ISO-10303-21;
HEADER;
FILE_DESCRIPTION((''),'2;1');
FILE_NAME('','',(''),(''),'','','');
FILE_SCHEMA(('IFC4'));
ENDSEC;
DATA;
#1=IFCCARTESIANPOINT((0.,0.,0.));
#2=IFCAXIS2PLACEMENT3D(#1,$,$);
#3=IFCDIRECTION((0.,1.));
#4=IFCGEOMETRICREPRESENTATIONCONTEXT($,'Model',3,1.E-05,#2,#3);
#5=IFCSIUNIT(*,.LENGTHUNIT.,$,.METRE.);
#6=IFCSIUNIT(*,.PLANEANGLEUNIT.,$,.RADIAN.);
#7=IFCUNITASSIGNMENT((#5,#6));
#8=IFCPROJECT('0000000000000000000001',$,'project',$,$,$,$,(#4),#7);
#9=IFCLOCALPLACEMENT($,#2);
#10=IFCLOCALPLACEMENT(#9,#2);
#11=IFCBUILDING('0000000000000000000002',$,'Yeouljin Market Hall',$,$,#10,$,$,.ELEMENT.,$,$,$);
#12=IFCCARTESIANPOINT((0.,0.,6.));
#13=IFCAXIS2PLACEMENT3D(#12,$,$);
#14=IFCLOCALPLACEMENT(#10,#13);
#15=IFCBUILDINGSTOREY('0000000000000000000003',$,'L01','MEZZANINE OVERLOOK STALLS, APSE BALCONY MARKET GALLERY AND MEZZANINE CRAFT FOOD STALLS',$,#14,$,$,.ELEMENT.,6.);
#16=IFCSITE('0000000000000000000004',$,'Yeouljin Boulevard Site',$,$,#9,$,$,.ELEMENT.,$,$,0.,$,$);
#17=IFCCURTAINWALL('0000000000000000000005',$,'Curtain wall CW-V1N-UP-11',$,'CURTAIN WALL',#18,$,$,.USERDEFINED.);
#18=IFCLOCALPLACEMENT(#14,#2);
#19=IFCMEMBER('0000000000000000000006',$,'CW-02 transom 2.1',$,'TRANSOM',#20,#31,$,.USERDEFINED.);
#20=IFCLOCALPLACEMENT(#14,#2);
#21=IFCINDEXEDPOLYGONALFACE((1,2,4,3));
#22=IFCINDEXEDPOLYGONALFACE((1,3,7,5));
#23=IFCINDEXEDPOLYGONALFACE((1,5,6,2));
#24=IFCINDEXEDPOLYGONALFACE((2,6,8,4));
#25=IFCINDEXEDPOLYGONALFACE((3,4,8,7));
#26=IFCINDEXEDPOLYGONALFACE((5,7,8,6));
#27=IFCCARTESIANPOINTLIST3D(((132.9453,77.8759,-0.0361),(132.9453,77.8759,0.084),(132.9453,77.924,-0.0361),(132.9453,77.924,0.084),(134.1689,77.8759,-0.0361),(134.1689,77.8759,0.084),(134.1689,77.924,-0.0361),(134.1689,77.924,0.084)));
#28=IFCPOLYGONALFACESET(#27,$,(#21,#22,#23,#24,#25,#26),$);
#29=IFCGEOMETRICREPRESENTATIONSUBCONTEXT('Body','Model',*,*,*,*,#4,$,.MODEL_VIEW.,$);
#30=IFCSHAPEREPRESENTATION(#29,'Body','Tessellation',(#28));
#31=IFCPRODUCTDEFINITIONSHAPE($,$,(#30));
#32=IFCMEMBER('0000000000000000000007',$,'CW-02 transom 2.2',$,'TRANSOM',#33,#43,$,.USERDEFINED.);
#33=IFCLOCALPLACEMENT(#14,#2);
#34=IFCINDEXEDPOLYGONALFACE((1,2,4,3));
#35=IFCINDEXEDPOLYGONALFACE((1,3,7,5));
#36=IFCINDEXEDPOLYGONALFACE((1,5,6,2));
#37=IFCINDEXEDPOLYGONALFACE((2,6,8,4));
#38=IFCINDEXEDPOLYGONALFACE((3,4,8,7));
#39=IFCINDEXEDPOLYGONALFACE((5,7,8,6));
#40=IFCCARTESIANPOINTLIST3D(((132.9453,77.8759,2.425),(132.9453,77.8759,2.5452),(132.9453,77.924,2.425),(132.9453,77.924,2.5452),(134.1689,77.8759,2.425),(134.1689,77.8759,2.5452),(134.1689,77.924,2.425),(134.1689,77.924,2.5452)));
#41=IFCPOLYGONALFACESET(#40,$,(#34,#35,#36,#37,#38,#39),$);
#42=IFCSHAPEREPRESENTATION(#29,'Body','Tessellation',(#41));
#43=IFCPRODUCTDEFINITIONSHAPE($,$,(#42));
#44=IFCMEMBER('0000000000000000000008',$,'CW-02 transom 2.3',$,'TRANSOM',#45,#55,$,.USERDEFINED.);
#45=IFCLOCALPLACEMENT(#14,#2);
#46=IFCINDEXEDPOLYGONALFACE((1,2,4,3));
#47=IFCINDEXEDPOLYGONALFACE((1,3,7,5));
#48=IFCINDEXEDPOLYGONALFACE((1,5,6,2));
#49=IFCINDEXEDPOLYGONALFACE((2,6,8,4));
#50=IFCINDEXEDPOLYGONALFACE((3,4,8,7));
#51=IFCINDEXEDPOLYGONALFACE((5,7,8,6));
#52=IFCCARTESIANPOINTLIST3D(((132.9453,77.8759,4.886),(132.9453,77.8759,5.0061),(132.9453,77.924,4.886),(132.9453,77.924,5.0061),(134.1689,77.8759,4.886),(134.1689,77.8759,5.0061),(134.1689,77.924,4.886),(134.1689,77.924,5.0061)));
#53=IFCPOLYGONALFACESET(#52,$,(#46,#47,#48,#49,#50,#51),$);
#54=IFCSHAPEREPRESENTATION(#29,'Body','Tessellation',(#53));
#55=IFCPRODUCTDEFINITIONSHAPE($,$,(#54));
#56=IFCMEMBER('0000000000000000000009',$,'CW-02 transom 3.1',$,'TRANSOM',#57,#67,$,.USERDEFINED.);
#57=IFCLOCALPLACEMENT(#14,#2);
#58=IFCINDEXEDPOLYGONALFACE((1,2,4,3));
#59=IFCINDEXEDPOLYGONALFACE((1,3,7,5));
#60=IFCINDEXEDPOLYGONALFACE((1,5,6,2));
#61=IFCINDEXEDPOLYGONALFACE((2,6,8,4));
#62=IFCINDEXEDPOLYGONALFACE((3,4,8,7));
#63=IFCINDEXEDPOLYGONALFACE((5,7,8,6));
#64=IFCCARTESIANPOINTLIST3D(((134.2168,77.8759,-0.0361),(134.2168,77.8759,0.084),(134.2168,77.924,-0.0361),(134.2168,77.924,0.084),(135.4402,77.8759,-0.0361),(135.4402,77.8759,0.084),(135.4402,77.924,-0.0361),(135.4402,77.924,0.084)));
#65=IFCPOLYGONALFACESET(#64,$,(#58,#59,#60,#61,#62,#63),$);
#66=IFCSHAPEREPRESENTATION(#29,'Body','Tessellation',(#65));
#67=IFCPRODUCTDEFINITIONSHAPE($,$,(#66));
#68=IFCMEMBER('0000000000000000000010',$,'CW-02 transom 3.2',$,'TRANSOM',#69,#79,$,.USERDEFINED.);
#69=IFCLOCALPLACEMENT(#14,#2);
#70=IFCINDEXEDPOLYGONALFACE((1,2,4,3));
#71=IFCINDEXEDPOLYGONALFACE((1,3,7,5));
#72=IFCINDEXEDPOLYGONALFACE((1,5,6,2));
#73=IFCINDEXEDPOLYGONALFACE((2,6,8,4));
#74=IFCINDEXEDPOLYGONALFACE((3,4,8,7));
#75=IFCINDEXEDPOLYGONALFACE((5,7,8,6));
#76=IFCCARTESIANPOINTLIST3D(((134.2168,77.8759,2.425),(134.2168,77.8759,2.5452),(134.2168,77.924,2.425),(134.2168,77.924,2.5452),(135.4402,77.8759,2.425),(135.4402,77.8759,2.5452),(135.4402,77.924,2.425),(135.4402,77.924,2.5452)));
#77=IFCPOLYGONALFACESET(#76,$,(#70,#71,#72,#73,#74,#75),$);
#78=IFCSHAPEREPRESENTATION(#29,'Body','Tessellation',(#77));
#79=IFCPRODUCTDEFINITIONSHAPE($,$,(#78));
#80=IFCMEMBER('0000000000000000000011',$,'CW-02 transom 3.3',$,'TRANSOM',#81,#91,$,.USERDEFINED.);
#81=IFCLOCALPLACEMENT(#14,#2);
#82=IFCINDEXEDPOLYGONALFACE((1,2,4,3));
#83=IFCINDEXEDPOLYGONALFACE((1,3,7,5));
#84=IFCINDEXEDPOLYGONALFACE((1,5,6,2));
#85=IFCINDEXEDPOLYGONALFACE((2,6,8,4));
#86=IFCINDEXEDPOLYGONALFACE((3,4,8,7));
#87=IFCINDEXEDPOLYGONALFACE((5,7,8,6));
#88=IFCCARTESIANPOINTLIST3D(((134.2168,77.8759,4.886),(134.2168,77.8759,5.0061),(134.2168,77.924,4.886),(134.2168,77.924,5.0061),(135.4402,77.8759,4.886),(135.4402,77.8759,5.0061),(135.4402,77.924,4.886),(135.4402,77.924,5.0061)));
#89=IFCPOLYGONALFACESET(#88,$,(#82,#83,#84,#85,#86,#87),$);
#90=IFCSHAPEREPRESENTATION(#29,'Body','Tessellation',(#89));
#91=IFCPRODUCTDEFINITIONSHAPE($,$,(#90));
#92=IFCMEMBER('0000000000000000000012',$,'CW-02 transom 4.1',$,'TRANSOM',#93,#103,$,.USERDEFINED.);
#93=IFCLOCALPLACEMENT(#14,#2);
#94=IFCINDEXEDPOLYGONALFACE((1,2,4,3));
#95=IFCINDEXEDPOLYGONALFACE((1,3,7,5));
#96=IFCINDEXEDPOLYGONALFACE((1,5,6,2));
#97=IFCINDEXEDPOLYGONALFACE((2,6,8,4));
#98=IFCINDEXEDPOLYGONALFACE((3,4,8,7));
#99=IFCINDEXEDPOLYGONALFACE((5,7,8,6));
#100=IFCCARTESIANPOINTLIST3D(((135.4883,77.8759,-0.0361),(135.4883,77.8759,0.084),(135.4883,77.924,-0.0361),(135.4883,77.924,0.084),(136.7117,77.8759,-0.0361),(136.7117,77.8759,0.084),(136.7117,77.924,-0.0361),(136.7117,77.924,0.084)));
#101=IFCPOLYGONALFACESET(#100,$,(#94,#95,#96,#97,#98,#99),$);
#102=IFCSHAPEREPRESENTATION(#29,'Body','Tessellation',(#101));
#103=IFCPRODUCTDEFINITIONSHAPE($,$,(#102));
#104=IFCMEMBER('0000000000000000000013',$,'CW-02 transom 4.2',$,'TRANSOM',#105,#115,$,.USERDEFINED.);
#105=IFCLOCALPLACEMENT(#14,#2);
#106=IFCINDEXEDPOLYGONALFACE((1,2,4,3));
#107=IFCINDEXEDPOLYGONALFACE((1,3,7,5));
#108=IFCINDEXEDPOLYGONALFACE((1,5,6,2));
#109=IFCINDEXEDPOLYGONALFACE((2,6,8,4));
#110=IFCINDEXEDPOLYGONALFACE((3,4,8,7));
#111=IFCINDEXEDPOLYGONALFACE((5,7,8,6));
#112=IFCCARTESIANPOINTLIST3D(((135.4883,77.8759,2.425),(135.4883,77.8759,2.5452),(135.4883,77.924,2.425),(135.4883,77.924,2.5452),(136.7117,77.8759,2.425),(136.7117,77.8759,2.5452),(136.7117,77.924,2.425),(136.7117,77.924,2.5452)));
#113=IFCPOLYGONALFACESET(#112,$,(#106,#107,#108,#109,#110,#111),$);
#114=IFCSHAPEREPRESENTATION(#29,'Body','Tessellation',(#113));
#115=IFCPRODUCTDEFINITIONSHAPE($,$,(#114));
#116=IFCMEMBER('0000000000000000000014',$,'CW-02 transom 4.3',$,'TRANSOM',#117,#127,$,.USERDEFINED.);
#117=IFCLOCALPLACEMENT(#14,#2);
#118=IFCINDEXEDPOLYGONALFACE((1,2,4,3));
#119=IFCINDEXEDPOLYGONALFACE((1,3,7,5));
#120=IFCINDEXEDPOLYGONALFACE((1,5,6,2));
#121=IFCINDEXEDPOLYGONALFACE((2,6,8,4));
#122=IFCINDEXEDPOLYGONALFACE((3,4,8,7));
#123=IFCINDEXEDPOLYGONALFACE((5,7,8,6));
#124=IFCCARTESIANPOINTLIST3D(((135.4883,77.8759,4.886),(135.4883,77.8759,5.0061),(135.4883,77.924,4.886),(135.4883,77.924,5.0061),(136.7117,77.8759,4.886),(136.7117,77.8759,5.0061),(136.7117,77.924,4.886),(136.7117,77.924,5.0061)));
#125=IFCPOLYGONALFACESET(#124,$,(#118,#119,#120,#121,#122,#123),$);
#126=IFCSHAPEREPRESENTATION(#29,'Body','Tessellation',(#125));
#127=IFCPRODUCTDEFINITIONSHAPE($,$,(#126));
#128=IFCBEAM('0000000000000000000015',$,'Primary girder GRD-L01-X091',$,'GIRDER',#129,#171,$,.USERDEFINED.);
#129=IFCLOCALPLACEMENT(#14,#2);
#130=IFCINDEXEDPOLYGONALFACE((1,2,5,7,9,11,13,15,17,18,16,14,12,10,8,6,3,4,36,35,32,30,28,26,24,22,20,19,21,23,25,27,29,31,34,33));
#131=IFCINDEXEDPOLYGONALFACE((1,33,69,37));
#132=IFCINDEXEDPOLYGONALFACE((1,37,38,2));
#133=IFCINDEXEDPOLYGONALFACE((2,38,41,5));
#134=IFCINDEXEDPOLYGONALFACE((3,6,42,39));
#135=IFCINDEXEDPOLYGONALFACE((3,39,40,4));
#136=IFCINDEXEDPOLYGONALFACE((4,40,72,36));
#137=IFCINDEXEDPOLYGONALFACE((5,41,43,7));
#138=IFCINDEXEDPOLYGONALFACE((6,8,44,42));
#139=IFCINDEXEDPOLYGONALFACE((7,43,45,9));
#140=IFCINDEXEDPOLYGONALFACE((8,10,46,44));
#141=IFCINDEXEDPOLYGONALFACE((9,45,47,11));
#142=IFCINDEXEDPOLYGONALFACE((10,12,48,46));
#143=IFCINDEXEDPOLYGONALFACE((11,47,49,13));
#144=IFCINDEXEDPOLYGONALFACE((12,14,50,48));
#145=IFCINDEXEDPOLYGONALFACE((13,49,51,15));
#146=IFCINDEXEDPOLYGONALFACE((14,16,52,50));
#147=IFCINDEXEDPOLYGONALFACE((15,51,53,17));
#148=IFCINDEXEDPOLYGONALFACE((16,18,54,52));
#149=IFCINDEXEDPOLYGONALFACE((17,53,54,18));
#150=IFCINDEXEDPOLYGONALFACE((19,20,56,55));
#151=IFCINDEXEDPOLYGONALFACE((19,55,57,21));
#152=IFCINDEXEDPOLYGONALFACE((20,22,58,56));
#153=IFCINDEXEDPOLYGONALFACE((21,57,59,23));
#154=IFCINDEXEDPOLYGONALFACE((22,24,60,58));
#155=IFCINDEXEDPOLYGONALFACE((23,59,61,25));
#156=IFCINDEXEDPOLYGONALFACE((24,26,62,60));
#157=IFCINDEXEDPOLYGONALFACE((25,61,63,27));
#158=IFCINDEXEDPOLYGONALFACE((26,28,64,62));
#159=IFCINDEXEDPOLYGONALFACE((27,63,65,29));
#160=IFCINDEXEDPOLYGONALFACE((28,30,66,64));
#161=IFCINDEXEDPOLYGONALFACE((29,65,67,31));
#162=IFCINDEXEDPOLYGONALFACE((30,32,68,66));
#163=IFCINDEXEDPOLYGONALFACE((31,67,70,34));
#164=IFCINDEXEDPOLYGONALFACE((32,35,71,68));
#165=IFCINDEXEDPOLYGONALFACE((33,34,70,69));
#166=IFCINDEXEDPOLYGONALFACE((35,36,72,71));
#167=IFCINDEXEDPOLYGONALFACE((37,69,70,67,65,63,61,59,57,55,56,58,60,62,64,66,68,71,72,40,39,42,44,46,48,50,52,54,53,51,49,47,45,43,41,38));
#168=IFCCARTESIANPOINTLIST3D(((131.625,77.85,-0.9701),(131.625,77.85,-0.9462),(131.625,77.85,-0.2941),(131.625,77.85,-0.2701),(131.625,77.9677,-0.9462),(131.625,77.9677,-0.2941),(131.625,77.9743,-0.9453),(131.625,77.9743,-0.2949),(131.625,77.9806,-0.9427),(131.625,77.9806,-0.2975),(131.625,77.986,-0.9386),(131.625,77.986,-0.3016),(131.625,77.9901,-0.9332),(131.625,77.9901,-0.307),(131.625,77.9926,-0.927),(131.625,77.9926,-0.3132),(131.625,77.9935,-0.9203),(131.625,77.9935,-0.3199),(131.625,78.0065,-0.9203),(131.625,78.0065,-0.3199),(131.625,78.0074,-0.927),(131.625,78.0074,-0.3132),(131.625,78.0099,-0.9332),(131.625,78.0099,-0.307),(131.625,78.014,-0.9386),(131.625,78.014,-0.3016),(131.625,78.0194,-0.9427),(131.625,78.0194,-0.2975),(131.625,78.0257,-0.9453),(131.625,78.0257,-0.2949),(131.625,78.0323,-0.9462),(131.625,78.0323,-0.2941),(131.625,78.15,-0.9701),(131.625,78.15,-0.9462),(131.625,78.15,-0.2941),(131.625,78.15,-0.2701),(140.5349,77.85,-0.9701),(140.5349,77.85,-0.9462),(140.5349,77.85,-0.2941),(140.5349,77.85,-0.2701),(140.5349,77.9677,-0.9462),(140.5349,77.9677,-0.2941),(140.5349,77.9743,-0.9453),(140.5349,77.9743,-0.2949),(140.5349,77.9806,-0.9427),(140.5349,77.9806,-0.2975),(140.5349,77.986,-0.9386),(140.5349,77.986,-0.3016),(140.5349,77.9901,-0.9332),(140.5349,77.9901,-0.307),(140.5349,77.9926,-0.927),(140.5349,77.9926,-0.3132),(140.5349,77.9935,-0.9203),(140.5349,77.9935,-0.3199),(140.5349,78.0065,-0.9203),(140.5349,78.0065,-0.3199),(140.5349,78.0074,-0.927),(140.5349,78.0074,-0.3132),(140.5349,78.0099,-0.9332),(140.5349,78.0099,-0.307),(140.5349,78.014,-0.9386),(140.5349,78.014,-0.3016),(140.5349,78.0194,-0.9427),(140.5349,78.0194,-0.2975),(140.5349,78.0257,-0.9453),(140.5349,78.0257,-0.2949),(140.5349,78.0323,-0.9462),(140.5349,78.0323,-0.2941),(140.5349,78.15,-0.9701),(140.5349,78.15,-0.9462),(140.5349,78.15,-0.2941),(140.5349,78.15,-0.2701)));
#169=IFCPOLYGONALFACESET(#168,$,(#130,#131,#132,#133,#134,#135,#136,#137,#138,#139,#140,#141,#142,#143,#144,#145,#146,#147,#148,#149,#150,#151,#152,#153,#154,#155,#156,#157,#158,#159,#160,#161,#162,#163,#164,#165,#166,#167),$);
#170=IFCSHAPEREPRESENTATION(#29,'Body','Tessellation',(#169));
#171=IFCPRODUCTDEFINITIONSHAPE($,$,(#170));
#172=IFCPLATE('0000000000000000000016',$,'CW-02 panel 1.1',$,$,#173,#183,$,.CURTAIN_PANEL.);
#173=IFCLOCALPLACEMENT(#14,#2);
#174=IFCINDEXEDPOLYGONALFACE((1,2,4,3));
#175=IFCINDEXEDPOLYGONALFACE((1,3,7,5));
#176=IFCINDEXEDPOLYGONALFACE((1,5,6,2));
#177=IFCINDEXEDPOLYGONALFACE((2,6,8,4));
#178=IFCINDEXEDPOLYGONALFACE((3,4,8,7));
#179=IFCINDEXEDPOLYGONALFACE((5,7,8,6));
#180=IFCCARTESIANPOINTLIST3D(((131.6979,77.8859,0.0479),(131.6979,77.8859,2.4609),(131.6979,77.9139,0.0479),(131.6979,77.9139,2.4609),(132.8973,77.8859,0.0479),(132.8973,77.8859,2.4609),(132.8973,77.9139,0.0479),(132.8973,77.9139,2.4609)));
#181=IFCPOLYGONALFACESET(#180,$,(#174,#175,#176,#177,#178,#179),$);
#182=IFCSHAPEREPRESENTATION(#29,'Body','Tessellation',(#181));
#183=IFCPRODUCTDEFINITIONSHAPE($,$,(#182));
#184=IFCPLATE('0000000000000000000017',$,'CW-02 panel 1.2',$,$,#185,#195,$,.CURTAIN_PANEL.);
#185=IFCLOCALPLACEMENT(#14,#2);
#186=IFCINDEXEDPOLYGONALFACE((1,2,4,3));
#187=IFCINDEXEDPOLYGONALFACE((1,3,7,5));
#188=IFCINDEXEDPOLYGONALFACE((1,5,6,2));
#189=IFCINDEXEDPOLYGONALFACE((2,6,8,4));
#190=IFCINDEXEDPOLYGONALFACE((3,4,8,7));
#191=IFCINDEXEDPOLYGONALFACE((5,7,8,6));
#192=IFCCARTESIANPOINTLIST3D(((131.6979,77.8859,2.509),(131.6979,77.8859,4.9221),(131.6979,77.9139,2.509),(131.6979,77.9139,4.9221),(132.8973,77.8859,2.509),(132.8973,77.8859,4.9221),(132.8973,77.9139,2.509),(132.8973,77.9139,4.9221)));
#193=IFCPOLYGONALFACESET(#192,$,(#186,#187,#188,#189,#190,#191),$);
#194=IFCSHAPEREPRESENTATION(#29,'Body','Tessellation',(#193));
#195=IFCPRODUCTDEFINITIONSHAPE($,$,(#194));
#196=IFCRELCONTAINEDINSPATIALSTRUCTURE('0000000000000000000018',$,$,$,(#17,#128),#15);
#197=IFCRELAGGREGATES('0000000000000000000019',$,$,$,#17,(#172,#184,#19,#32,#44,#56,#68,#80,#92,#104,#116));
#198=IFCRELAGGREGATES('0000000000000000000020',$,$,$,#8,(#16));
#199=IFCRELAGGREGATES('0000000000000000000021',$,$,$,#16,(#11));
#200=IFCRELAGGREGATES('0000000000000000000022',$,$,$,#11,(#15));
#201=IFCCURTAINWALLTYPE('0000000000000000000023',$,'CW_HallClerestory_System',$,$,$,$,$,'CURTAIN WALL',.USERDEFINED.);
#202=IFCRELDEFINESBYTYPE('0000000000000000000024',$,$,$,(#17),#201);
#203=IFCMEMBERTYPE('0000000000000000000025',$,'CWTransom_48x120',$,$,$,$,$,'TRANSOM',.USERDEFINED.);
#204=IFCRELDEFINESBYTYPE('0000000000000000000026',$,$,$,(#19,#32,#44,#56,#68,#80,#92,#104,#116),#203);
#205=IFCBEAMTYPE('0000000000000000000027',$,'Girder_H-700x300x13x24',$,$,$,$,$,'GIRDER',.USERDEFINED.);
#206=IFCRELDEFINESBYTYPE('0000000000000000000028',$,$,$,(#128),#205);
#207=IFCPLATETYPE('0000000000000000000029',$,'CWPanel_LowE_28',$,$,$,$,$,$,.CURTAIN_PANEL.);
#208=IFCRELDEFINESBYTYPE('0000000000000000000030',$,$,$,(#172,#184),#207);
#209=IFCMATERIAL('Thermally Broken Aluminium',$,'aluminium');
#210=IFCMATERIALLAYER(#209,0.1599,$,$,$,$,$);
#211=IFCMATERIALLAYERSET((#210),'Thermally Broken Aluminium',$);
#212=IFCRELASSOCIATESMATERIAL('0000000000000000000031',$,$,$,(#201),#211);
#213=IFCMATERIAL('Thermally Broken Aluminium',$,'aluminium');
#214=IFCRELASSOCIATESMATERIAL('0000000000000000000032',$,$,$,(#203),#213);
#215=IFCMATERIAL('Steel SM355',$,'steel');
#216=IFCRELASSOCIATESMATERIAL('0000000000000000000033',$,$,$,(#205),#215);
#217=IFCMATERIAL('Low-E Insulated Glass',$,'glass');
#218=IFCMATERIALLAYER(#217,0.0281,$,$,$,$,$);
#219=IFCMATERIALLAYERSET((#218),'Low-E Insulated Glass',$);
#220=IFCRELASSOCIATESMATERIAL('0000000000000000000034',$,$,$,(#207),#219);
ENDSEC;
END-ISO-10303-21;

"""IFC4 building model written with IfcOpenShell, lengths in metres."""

from ifc_helpers import new_model, si_unit, direction, frame, origin, origin_2d, place, context, subcontext, project, spatial, rectangle, i_section, extrude, material, layer, layer_set, material_profile, profile_set, type_object, element, aggregate, save


model = new_model("IFC4")

# Units and contexts
model_context = context("Model", 3, precision=1e-05, world=origin(), true_north=direction((0.0, 1.0)))
body_context = subcontext(model_context, "Body", "Model", "MODEL_VIEW")
ifc_project = project(units=[si_unit("LENGTHUNIT", "METRE"), si_unit("PLANEANGLEUNIT", "RADIAN")], contexts=[model_context])

# Site, building, storey
site_placement = place(None, origin())
site = spatial("IfcSite", under=ifc_project, at=site_placement, Name="Yeouljin Boulevard Site", CompositionType="ELEMENT", RefElevation=0.0)
building_placement = place(site_placement, origin())
building = spatial("IfcBuilding", under=site, at=building_placement, Name="Yeouljin Market Hall", CompositionType="ELEMENT")
storey_placement = place(building_placement, frame((0.0, 0.0, 6.0)))
storey = spatial("IfcBuildingStorey", under=building, at=storey_placement, Name="L01", Description="MEZZANINE OVERLOOK STALLS, APSE BALCONY MARKET GALLERY AND MEZZANINE CRAFT FOOD STALLS", CompositionType="ELEMENT", Elevation=6.0)

# Curtain wall, members
ifc_material_1 = material(Name="Thermally Broken Aluminium", Category="aluminium")
ifc_layer_1 = layer(ifc_material_1, 0.1599)
ifc_layer_set_1 = layer_set([ifc_layer_1], Name="Thermally Broken Aluminium")
curtain_wall_type = type_object("IfcCurtainWallType", Name="CW_HallClerestory_System", ElementType="CURTAIN WALL", PredefinedType="USERDEFINED", material=ifc_layer_set_1)
curtain_wall_placement = place(storey_placement, origin())
curtain_wall = element("IfcCurtainWall", 1, at=curtain_wall_placement, inside=storey, type_object=curtain_wall_type, Name="Curtain wall CW-V1N-UP-11", ObjectType="CURTAIN WALL", PredefinedType="USERDEFINED")
ifc_material_2 = material(Name="Thermally Broken Aluminium", Category="aluminium")
ifc_material_profile_1 = material_profile(ifc_material_2, rectangle(XDim=0.0481, YDim=0.1201, at=origin_2d()), Name="CW-TRAN-48x120")
ifc_profile_set_1 = profile_set([ifc_material_profile_1], Name="Thermally Broken Aluminium")
member_type_1 = type_object("IfcMemberType", Name="CWTransom_48x120", ElementType="TRANSOM", PredefinedType="USERDEFINED", material=ifc_profile_set_1)
member_1_placement = place(storey_placement, frame((132.9453, 77.8999, 0.0239), z_axis=(1.0, 0.0, 0.0), x_axis=(0.0, 1.0, 0.0)))
member_1 = element("IfcMember", 2, at=member_1_placement, type_object=member_type_1, Name="CW-02 transom 2.1", ObjectType="TRANSOM", PredefinedType="USERDEFINED", context=body_context, shape_type="SweptSolid", body=[
    extrude(rectangle(XDim=0.0481, YDim=0.1201, at=origin_2d()), origin(), (0.0, 0.0, 1.0), 1.2236),
])
member_2_placement = place(storey_placement, frame((132.9453, 77.8999, 2.4851), z_axis=(1.0, 0.0, 0.0), x_axis=(0.0, 1.0, 0.0)))
member_2 = element("IfcMember", 3, at=member_2_placement, type_object=member_type_1, Name="CW-02 transom 2.2", ObjectType="TRANSOM", PredefinedType="USERDEFINED", context=body_context, shape_type="SweptSolid", body=[
    extrude(rectangle(XDim=0.0481, YDim=0.1201, at=origin_2d()), origin(), (0.0, 0.0, 1.0), 1.2236),
])
member_3_placement = place(storey_placement, frame((132.9453, 77.8999, 4.946), z_axis=(1.0, 0.0, 0.0), x_axis=(0.0, 1.0, 0.0)))
member_3 = element("IfcMember", 4, at=member_3_placement, type_object=member_type_1, Name="CW-02 transom 2.3", ObjectType="TRANSOM", PredefinedType="USERDEFINED", context=body_context, shape_type="SweptSolid", body=[
    extrude(rectangle(XDim=0.0481, YDim=0.1201, at=origin_2d()), origin(), (0.0, 0.0, 1.0), 1.2236),
])
member_4_placement = place(storey_placement, frame((134.2168, 77.8999, 0.0239), z_axis=(1.0, 0.0, 0.0), x_axis=(0.0, 1.0, 0.0)))
member_4 = element("IfcMember", 5, at=member_4_placement, type_object=member_type_1, Name="CW-02 transom 3.1", ObjectType="TRANSOM", PredefinedType="USERDEFINED", context=body_context, shape_type="SweptSolid", body=[
    extrude(rectangle(XDim=0.0481, YDim=0.1201, at=origin_2d()), origin(), (0.0, 0.0, 1.0), 1.2234),
])
member_5_placement = place(storey_placement, frame((134.2168, 77.8999, 2.4851), z_axis=(1.0, 0.0, 0.0), x_axis=(0.0, 1.0, 0.0)))
member_5 = element("IfcMember", 6, at=member_5_placement, type_object=member_type_1, Name="CW-02 transom 3.2", ObjectType="TRANSOM", PredefinedType="USERDEFINED", context=body_context, shape_type="SweptSolid", body=[
    extrude(rectangle(XDim=0.0481, YDim=0.1201, at=origin_2d()), origin(), (0.0, 0.0, 1.0), 1.2234),
])
member_6_placement = place(storey_placement, frame((134.2168, 77.8999, 4.946), z_axis=(1.0, 0.0, 0.0), x_axis=(0.0, 1.0, 0.0)))
member_6 = element("IfcMember", 7, at=member_6_placement, type_object=member_type_1, Name="CW-02 transom 3.3", ObjectType="TRANSOM", PredefinedType="USERDEFINED", context=body_context, shape_type="SweptSolid", body=[
    extrude(rectangle(XDim=0.0481, YDim=0.1201, at=origin_2d()), origin(), (0.0, 0.0, 1.0), 1.2234),
])
member_7_placement = place(storey_placement, frame((135.4883, 77.8999, 0.0239), z_axis=(1.0, 0.0, 0.0), x_axis=(0.0, 1.0, 0.0)))
member_7 = element("IfcMember", 8, at=member_7_placement, type_object=member_type_1, Name="CW-02 transom 4.1", ObjectType="TRANSOM", PredefinedType="USERDEFINED", context=body_context, shape_type="SweptSolid", body=[
    extrude(rectangle(XDim=0.0481, YDim=0.1201, at=origin_2d()), origin(), (0.0, 0.0, 1.0), 1.2234),
])
member_8_placement = place(storey_placement, frame((135.4883, 77.8999, 2.4851), z_axis=(1.0, 0.0, 0.0), x_axis=(0.0, 1.0, 0.0)))
member_8 = element("IfcMember", 9, at=member_8_placement, type_object=member_type_1, Name="CW-02 transom 4.2", ObjectType="TRANSOM", PredefinedType="USERDEFINED", context=body_context, shape_type="SweptSolid", body=[
    extrude(rectangle(XDim=0.0481, YDim=0.1201, at=origin_2d()), origin(), (0.0, 0.0, 1.0), 1.2234),
])
member_9_placement = place(storey_placement, frame((135.4883, 77.8999, 4.946), z_axis=(1.0, 0.0, 0.0), x_axis=(0.0, 1.0, 0.0)))
member_9 = element("IfcMember", 10, at=member_9_placement, type_object=member_type_1, Name="CW-02 transom 4.3", ObjectType="TRANSOM", PredefinedType="USERDEFINED", context=body_context, shape_type="SweptSolid", body=[
    extrude(rectangle(XDim=0.0481, YDim=0.1201, at=origin_2d()), origin(), (0.0, 0.0, 1.0), 1.2234),
])

# Beam
ifc_material_3 = material(Name="Steel SM355", Category="steel")
ifc_material_profile_2 = material_profile(ifc_material_3, i_section(OverallWidth=0.3, OverallDepth=0.7, WebThickness=0.0129, FlangeThickness=0.0239, FilletRadius=0.0259, at=origin_2d()), Name="H-700x300x13x24")
ifc_profile_set_2 = profile_set([ifc_material_profile_2], Name="Steel SM355")
beam_type_1 = type_object("IfcBeamType", Name="Girder_H-700x300x13x24", ElementType="GIRDER", PredefinedType="USERDEFINED", material=ifc_profile_set_2)
beam_1_placement = place(storey_placement, frame((131.625, 78.0, -0.6201), z_axis=(1.0, 0.0, 0.0), x_axis=(0.0, 1.0, 0.0)))
element("IfcBeam", 11, at=beam_1_placement, inside=storey, type_object=beam_type_1, Name="Primary girder GRD-L01-X091", ObjectType="GIRDER", PredefinedType="USERDEFINED", context=body_context, shape_type="SweptSolid", body=[
    extrude(i_section(OverallWidth=0.3, OverallDepth=0.7, WebThickness=0.0129, FlangeThickness=0.0239, FilletRadius=0.0259, at=origin_2d()), origin(), (0.0, 0.0, 1.0), 8.9099),
])

# Plates
ifc_material_4 = material(Name="Low-E Insulated Glass", Category="glass")
ifc_layer_2 = layer(ifc_material_4, 0.0281)
ifc_layer_set_2 = layer_set([ifc_layer_2], Name="Low-E Insulated Glass")
plate_type = type_object("IfcPlateType", Name="CWPanel_LowE_28", PredefinedType="CURTAIN_PANEL", material=ifc_layer_set_2)
plate_1_placement = place(storey_placement, frame((132.2976, 77.8999, 0.0479), z_axis=(0.0, 0.0, 1.0), x_axis=(1.0, 0.0, 0.0)))
plate_1 = element("IfcPlate", 12, at=plate_1_placement, type_object=plate_type, Name="CW-02 panel 1.1", PredefinedType="CURTAIN_PANEL", context=body_context, shape_type="SweptSolid", body=[
    extrude(rectangle(XDim=1.1995, YDim=0.0281, at=origin_2d()), origin(), (0.0, 0.0, 1.0), 2.4131),
])
plate_2_placement = place(storey_placement, frame((132.2976, 77.8999, 2.509), z_axis=(0.0, 0.0, 1.0), x_axis=(1.0, 0.0, 0.0)))
plate_2 = element("IfcPlate", 13, at=plate_2_placement, type_object=plate_type, Name="CW-02 panel 1.2", PredefinedType="CURTAIN_PANEL", context=body_context, shape_type="SweptSolid", body=[
    extrude(rectangle(XDim=1.1995, YDim=0.0281, at=origin_2d()), origin(), (0.0, 0.0, 1.0), 2.4131),
])
aggregate(curtain_wall, [plate_1, plate_2, member_1, member_2, member_3, member_4, member_5, member_6, member_7, member_8, member_9])

save(model, "model.ifc")
